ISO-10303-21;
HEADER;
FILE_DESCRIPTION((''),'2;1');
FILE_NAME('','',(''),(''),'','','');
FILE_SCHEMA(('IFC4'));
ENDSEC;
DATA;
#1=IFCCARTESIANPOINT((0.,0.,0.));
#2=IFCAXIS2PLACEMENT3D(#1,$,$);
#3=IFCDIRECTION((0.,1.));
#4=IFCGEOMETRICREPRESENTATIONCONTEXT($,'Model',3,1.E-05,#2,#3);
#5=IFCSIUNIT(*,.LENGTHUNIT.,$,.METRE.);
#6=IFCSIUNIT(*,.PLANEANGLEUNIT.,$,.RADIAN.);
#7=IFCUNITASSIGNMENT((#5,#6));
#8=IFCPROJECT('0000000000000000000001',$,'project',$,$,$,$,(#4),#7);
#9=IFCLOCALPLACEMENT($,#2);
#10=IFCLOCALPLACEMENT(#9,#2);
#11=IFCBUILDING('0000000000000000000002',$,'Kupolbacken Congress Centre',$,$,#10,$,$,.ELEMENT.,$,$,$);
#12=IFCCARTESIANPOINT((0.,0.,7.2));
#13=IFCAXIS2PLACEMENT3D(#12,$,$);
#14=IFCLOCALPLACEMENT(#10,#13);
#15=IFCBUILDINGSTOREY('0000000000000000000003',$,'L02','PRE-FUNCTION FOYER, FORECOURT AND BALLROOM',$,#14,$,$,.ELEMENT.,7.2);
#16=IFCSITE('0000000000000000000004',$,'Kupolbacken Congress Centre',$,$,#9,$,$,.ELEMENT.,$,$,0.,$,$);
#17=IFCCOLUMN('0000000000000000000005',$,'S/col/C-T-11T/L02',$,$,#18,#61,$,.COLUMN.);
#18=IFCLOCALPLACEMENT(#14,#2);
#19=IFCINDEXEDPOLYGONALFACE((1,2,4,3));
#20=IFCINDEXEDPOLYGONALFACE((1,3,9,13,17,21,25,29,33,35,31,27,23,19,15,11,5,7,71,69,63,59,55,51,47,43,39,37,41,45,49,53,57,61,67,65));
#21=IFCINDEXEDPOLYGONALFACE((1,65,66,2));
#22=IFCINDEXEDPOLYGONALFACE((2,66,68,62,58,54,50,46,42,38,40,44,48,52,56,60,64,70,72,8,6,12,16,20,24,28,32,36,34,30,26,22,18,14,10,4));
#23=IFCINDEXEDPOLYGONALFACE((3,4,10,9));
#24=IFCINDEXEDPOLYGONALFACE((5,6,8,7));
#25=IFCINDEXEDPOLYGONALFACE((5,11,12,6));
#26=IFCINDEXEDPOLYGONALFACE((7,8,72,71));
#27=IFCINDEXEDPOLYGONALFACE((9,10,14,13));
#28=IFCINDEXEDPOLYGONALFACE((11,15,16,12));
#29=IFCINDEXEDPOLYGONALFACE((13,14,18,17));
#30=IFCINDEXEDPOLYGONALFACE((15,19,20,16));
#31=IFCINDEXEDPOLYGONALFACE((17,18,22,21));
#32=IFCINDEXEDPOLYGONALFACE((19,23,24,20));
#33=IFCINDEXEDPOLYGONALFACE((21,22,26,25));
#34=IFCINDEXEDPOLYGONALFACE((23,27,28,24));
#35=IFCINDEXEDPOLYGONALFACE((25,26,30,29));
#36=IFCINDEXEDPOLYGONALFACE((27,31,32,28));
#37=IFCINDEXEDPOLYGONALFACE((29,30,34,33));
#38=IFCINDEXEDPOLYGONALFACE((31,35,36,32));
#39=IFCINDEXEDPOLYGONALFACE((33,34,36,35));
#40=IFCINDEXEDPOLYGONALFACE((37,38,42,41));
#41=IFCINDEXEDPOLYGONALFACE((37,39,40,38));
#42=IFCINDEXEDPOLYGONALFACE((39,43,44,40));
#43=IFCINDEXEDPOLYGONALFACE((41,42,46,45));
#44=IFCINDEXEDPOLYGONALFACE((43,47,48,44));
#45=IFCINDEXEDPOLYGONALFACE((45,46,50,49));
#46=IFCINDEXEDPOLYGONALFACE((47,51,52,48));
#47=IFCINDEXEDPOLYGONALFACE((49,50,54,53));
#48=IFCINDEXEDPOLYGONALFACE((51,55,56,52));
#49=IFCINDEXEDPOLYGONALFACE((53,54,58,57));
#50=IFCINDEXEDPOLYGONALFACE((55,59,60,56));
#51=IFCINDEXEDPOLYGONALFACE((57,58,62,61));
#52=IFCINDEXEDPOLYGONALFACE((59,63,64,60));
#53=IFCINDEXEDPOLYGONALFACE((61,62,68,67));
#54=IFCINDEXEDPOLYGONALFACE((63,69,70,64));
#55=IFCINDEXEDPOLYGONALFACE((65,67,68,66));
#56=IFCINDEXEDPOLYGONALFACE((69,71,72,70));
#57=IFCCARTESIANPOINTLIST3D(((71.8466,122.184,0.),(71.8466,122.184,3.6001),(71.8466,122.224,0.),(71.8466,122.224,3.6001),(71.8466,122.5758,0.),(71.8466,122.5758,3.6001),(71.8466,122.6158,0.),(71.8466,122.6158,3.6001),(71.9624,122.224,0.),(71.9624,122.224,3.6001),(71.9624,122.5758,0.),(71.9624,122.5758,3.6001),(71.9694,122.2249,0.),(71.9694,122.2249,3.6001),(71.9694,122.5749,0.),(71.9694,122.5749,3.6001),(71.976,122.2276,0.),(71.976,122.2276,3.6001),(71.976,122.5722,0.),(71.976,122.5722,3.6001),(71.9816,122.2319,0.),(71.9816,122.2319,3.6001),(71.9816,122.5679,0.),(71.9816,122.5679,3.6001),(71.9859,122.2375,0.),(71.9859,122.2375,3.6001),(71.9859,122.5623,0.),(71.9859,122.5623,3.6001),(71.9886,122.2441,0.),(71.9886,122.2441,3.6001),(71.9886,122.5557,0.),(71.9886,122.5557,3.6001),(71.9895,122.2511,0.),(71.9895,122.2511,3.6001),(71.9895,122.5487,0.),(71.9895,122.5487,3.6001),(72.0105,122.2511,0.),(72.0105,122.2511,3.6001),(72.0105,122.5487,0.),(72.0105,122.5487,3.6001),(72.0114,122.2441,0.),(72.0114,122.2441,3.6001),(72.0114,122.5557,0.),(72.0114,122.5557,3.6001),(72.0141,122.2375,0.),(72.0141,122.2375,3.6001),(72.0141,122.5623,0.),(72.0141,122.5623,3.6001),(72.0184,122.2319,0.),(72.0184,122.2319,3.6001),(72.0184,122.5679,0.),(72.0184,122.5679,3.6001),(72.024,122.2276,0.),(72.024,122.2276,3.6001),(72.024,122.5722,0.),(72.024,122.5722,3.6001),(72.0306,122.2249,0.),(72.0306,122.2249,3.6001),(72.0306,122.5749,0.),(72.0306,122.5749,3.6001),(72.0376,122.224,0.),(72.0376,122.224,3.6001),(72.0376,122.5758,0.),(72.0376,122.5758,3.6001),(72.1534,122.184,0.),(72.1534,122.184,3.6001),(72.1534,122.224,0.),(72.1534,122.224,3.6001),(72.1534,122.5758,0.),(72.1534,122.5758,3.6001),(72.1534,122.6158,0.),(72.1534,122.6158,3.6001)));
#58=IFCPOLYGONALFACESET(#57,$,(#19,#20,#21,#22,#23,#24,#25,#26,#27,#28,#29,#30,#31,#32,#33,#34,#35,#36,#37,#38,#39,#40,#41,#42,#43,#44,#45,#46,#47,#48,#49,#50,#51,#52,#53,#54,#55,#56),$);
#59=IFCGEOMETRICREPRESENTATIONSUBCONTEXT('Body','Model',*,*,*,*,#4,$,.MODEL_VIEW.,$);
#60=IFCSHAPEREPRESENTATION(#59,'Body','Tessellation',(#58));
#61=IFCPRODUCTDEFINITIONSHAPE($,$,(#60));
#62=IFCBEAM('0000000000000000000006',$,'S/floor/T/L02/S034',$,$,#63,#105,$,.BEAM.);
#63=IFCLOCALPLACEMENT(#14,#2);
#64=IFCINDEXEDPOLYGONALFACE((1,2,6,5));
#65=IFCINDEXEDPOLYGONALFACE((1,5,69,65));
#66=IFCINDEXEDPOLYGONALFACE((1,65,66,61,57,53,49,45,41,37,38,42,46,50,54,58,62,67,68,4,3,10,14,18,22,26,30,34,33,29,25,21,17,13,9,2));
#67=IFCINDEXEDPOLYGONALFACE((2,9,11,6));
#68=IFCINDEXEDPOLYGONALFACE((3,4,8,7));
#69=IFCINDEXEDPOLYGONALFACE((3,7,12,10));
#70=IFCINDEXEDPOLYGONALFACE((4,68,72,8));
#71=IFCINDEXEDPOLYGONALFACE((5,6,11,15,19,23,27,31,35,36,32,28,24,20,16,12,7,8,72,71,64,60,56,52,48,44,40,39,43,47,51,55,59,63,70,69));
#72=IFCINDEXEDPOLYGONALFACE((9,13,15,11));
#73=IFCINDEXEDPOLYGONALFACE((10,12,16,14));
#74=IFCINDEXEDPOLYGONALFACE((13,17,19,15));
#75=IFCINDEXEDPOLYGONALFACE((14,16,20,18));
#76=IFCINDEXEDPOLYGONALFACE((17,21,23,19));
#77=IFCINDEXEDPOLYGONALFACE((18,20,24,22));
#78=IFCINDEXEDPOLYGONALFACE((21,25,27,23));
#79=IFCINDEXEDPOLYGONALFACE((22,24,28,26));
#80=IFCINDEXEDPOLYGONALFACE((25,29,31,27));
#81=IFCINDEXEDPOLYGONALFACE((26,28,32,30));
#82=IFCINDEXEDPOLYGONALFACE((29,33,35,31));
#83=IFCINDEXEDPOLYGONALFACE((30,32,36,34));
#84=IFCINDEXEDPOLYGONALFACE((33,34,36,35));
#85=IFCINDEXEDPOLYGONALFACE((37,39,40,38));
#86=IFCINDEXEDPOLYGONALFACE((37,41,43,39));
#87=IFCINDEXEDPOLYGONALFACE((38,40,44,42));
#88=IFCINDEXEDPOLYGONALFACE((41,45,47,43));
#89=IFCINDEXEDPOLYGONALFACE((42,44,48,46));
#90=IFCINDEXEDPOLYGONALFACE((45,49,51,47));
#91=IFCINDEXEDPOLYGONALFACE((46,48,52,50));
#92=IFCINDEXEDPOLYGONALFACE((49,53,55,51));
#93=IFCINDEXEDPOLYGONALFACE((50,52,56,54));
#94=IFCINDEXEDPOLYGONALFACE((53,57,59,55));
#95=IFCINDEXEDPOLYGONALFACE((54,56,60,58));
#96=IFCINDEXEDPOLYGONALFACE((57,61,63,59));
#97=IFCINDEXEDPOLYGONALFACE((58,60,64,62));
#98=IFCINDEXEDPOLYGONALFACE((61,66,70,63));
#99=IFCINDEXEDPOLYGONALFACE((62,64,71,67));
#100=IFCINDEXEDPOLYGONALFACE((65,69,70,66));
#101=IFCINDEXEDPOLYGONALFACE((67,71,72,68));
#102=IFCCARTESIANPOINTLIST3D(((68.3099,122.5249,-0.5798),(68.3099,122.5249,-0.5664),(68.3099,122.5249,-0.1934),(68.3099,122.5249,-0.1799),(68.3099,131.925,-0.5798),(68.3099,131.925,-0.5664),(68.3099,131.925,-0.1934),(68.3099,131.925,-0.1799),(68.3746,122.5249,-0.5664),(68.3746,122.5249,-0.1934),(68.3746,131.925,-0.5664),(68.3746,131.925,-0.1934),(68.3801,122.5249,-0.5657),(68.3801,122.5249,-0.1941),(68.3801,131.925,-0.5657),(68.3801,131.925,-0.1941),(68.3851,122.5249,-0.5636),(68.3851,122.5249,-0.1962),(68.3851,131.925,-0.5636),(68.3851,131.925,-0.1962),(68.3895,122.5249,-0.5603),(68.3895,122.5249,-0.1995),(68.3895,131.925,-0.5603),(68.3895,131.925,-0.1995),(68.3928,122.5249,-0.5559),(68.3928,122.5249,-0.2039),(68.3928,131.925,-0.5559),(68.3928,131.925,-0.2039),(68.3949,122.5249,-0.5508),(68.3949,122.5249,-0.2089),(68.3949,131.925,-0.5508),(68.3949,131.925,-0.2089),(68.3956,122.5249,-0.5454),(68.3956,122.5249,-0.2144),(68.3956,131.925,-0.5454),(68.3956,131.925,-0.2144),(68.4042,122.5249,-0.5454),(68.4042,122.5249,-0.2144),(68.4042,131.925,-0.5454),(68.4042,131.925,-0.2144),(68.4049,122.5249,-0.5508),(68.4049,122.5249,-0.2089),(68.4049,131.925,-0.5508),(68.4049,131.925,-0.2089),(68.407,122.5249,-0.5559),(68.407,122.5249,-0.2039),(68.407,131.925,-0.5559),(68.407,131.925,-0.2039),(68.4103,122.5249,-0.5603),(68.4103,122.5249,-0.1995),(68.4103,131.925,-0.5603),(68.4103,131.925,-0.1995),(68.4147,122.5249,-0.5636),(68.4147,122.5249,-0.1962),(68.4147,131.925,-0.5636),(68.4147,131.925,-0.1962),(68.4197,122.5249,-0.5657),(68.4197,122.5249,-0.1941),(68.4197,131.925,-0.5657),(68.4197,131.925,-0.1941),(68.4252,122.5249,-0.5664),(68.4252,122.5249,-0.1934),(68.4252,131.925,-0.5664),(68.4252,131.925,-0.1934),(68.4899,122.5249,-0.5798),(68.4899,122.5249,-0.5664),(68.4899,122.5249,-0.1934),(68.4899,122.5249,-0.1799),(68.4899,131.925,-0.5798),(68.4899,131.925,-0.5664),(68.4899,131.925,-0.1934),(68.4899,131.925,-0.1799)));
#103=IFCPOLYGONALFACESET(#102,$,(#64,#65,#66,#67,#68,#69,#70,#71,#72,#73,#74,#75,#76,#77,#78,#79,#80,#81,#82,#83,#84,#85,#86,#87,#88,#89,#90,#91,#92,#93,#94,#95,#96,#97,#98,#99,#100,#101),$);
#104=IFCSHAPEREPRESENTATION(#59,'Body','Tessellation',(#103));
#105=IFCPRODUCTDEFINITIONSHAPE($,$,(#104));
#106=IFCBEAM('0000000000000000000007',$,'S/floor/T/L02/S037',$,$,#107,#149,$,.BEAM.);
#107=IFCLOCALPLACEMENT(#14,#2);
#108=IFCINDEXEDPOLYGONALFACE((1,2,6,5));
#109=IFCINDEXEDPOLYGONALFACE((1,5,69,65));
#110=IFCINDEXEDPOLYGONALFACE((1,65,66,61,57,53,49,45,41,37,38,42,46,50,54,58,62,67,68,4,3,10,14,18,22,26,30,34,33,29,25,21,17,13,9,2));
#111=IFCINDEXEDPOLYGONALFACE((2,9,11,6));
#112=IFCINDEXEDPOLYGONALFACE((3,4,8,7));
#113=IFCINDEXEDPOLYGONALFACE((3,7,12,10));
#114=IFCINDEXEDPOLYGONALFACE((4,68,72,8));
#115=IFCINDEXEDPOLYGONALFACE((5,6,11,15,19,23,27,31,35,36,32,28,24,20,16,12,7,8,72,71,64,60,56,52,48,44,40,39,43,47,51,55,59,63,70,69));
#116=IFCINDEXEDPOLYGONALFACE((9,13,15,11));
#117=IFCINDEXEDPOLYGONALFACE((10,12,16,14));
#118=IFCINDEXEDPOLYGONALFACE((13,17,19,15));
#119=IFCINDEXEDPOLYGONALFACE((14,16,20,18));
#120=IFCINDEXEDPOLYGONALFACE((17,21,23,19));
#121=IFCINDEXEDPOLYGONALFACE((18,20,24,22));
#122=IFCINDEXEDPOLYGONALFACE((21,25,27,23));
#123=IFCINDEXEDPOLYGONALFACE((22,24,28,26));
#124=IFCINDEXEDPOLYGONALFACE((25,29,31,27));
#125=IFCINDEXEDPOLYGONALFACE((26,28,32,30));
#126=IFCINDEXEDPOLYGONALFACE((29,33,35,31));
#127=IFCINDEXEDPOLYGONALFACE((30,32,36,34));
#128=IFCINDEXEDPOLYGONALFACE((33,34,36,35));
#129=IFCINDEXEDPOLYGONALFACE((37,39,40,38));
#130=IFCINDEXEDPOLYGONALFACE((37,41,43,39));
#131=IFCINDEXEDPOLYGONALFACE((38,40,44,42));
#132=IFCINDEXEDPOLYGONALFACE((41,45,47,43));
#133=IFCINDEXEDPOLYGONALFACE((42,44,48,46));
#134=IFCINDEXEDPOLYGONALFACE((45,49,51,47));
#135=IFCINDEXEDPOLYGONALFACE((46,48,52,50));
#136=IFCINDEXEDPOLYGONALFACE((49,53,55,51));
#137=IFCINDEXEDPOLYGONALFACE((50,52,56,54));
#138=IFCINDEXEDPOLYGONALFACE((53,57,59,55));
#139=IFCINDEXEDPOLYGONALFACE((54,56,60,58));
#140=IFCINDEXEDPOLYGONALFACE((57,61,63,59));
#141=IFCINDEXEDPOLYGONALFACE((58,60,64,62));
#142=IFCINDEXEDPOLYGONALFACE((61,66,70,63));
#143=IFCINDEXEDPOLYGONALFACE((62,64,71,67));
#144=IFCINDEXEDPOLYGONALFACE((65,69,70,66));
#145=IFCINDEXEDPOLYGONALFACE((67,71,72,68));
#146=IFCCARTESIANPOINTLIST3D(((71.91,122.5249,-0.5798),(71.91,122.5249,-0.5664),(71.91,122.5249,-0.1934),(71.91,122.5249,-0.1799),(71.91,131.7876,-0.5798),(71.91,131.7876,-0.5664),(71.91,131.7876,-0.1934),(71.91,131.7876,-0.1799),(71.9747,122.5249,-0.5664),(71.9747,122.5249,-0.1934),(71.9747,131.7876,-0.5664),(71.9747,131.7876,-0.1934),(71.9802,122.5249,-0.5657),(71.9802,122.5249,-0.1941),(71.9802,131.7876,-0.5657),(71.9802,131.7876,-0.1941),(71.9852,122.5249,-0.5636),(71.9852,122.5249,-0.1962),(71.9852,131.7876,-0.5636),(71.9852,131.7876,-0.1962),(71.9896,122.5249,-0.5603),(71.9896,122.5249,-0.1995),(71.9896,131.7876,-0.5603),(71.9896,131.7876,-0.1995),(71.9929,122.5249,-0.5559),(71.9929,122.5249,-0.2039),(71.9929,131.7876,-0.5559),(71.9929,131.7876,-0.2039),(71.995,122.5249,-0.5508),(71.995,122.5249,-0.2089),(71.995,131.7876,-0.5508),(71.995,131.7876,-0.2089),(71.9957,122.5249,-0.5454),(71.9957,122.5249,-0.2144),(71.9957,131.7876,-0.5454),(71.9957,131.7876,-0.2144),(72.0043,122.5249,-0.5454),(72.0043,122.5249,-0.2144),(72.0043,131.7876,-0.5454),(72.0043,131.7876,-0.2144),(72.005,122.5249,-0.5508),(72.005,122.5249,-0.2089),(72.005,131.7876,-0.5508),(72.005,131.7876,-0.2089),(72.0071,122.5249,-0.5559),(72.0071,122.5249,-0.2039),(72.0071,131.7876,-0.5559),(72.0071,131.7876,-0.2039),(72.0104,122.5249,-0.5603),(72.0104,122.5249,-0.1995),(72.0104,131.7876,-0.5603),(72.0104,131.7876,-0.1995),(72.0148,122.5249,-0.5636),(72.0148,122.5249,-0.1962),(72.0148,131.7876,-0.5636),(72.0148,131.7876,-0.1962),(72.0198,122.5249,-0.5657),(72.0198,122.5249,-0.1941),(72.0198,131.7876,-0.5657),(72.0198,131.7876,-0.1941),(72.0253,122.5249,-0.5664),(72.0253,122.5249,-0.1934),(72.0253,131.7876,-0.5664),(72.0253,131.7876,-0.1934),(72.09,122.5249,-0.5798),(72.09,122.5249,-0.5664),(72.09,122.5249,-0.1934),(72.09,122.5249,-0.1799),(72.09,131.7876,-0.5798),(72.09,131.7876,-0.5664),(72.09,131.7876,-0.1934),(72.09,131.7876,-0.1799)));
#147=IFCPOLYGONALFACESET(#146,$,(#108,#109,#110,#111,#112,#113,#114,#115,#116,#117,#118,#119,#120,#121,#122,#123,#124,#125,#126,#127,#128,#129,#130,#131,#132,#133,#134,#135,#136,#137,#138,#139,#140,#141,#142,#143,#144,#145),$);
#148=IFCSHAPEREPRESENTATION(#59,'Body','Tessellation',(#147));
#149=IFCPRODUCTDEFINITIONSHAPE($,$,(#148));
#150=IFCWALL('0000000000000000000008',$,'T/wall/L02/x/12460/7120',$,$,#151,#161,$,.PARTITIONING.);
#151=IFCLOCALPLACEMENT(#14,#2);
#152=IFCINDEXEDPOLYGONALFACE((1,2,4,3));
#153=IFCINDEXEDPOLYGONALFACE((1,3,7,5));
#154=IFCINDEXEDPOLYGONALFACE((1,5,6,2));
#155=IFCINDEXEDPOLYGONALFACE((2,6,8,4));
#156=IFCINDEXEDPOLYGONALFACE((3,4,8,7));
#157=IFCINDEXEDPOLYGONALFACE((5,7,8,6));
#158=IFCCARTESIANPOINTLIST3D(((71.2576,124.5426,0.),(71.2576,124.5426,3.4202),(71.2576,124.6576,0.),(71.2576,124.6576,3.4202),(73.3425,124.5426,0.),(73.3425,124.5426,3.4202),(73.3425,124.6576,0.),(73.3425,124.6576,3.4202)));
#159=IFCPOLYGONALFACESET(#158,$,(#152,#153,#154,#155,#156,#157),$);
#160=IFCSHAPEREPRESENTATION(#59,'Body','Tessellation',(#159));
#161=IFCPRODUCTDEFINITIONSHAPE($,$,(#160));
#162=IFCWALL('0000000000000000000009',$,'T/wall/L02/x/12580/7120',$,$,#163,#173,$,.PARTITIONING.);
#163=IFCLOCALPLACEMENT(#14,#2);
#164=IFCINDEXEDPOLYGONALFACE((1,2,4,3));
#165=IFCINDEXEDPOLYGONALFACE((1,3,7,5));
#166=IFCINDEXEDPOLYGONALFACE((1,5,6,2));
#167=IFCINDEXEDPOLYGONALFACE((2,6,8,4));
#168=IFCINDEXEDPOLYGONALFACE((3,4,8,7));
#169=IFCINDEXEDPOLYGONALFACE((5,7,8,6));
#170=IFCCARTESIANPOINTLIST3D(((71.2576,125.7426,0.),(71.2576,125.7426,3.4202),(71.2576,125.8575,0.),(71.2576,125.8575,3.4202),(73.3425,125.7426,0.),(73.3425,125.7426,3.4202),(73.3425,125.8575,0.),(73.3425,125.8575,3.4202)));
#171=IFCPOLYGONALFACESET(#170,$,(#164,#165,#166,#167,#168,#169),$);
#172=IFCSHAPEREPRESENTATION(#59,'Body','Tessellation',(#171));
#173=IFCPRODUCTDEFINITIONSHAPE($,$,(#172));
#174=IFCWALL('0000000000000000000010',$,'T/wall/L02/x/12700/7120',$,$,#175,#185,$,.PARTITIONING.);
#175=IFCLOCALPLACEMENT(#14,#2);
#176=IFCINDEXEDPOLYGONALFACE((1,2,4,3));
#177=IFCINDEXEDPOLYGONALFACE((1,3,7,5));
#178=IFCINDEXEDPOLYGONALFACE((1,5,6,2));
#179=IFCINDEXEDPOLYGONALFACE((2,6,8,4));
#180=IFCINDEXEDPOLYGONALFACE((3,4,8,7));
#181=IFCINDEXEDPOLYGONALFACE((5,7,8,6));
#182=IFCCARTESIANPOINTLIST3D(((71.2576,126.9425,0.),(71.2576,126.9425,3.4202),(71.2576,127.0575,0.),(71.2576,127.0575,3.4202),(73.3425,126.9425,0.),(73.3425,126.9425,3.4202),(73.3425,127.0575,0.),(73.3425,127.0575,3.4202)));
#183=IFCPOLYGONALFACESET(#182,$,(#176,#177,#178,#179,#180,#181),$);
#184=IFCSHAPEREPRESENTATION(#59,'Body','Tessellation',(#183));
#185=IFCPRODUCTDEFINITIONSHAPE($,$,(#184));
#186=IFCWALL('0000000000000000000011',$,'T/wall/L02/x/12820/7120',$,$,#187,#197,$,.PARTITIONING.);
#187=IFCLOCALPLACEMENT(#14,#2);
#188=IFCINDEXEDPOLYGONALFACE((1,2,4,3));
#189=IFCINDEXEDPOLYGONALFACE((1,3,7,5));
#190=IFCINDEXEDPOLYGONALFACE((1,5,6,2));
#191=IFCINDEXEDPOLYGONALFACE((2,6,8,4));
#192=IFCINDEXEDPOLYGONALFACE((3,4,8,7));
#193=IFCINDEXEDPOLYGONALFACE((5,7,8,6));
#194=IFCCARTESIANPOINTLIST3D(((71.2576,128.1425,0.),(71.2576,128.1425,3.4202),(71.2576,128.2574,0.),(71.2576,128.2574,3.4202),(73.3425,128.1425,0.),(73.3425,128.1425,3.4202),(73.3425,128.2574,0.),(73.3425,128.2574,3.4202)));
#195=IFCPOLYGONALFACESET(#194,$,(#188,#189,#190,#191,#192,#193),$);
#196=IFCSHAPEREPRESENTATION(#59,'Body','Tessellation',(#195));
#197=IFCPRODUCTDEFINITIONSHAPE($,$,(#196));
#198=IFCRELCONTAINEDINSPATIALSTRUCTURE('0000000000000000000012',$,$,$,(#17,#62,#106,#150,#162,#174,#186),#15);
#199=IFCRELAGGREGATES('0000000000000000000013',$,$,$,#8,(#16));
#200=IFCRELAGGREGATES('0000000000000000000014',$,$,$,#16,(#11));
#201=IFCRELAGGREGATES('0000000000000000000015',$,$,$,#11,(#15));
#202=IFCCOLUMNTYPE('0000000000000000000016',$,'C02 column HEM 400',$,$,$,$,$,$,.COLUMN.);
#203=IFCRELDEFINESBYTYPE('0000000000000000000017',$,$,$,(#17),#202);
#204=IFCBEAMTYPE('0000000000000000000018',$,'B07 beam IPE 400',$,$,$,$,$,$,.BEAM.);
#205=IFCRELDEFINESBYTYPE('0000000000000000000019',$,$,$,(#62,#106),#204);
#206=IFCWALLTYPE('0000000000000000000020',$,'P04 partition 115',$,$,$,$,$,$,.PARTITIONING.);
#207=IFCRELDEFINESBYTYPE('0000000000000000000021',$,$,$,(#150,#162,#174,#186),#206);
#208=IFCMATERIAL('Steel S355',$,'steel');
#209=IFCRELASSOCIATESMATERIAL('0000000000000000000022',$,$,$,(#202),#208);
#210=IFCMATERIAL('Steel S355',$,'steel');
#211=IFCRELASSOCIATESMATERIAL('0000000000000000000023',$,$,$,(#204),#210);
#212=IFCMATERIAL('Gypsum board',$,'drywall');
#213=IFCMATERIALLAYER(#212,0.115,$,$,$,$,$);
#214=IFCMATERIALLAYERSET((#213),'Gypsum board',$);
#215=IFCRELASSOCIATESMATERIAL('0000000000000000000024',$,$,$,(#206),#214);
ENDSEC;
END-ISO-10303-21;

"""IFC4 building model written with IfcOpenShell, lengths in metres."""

from ifc_helpers import new_model, si_unit, direction, frame, frame_2d, origin, origin_2d, place, context, subcontext, project, spatial, rectangle, i_section, extrude, material, layer, layer_set, material_profile, profile_set, type_object, element, save


model = new_model("IFC4")

# Units and contexts
model_context = context("Model", 3, precision=1e-05, world=origin(), true_north=direction((0.0, 1.0)))
body_context = subcontext(model_context, "Body", "Model", "MODEL_VIEW")
ifc_project = project(units=[si_unit("LENGTHUNIT", "METRE"), si_unit("PLANEANGLEUNIT", "RADIAN")], contexts=[model_context])

# Site, building, storey
site_placement = place(None, origin())
site = spatial("IfcSite", under=ifc_project, at=site_placement, Name="Kupolbacken Congress Centre", CompositionType="ELEMENT", RefElevation=0.0)
building_placement = place(site_placement, origin())
building = spatial("IfcBuilding", under=site, at=building_placement, Name="Kupolbacken Congress Centre", CompositionType="ELEMENT")
storey_placement = place(building_placement, frame((0.0, 0.0, 7.2)))
storey = spatial("IfcBuildingStorey", under=building, at=storey_placement, Name="L02", Description="PRE-FUNCTION FOYER, FORECOURT AND BALLROOM", CompositionType="ELEMENT", Elevation=7.2)

# Column
ifc_material_1 = material(Name="Steel S355", Category="steel")
ifc_material_profile_1 = material_profile(ifc_material_1, i_section(OverallWidth=0.3069, OverallDepth=0.4319, WebThickness=0.021, FlangeThickness=0.04, FilletRadius=0.0271, at=origin_2d()), Name="HEM 400")
ifc_profile_set_1 = profile_set([ifc_material_profile_1], Name="Steel S355")
column_type = type_object("IfcColumnType", Name="C02 column HEM 400", PredefinedType="COLUMN", material=ifc_profile_set_1)
column_placement = place(storey_placement, frame((72.0, 122.3999, 0.0), z_axis=(0.0, 0.0, 1.0), x_axis=(1.0, 0.0, 0.0)))
element("IfcColumn", 1, at=column_placement, inside=storey, type_object=column_type, Name="S/col/C-T-11T/L02", PredefinedType="COLUMN", context=body_context, shape_type="SweptSolid", body=[
    extrude(i_section(OverallWidth=0.3069, OverallDepth=0.4319, WebThickness=0.021, FlangeThickness=0.04, FilletRadius=0.0271, at=origin_2d()), origin(), (0.0, 0.0, 1.0), 3.6001),
])

# Beams
ifc_material_2 = material(Name="Steel S355", Category="steel")
ifc_material_profile_2 = material_profile(ifc_material_2, i_section(OverallWidth=0.1799, OverallDepth=0.3999, WebThickness=0.0085, FlangeThickness=0.0134, FilletRadius=0.021, at=origin_2d()), Name="IPE 400")
ifc_profile_set_2 = profile_set([ifc_material_profile_2], Name="Steel S355")
beam_type = type_object("IfcBeamType", Name="B07 beam IPE 400", PredefinedType="BEAM", material=ifc_profile_set_2)
beam_1_placement = place(storey_placement, frame((68.3999, 122.5249, -0.3799), z_axis=(0.0, 1.0, 0.0), x_axis=(-1.0, 0.0, 0.0)))
element("IfcBeam", 2, at=beam_1_placement, inside=storey, type_object=beam_type, Name="S/floor/T/L02/S034", PredefinedType="BEAM", context=body_context, shape_type="SweptSolid", body=[
    extrude(i_section(OverallWidth=0.1799, OverallDepth=0.3999, WebThickness=0.0085, FlangeThickness=0.0134, FilletRadius=0.021, at=origin_2d()), origin(), (0.0, 0.0, 1.0), 9.4001),
])
beam_2_placement = place(storey_placement, frame((72.0, 122.5249, -0.3799), z_axis=(0.0, 1.0, 0.0), x_axis=(-1.0, 0.0, 0.0)))
element("IfcBeam", 3, at=beam_2_placement, inside=storey, type_object=beam_type, Name="S/floor/T/L02/S037", PredefinedType="BEAM", context=body_context, shape_type="SweptSolid", body=[
    extrude(i_section(OverallWidth=0.1799, OverallDepth=0.3999, WebThickness=0.0085, FlangeThickness=0.0134, FilletRadius=0.021, at=origin_2d()), origin(), (0.0, 0.0, 1.0), 9.2627),
])

# Walls
ifc_material_3 = material(Name="Gypsum board", Category="drywall")
ifc_layer_1 = layer(ifc_material_3, 0.115)
ifc_layer_set_1 = layer_set([ifc_layer_1], Name="Gypsum board")
wall_type_1 = type_object("IfcWallType", Name="P04 partition 115", PredefinedType="PARTITIONING", material=ifc_layer_set_1)
for number, where, z_axis, x_axis, name in (
    (4, (71.2576, 124.6001, 0.0), (0.0, 0.0, 1.0), (1.0, 0.0, 0.0), "T/wall/L02/x/12460/7120"),
    (5, (71.2576, 125.8, 0.0), (0.0, 0.0, 1.0), (1.0, 0.0, 0.0), "T/wall/L02/x/12580/7120"),
    (6, (71.2576, 127.0, 0.0), (0.0, 0.0, 1.0), (1.0, 0.0, 0.0), "T/wall/L02/x/12700/7120"),
    (7, (71.2576, 128.2, 0.0), (0.0, 0.0, 1.0), (1.0, 0.0, 0.0), "T/wall/L02/x/12820/7120"),
):
    element("IfcWall", number, at=place(storey_placement, frame(where, z_axis=z_axis, x_axis=x_axis)), inside=storey, type_object=wall_type_1, Name=name, PredefinedType="PARTITIONING", context=body_context, shape_type="SweptSolid", body=[
        extrude(rectangle(XDim=2.085, YDim=0.115, at=frame_2d((1.0425, 0.0))), origin(), (0.0, 0.0, 1.0), 3.4202),
    ])

save(model, "model.ifc")
